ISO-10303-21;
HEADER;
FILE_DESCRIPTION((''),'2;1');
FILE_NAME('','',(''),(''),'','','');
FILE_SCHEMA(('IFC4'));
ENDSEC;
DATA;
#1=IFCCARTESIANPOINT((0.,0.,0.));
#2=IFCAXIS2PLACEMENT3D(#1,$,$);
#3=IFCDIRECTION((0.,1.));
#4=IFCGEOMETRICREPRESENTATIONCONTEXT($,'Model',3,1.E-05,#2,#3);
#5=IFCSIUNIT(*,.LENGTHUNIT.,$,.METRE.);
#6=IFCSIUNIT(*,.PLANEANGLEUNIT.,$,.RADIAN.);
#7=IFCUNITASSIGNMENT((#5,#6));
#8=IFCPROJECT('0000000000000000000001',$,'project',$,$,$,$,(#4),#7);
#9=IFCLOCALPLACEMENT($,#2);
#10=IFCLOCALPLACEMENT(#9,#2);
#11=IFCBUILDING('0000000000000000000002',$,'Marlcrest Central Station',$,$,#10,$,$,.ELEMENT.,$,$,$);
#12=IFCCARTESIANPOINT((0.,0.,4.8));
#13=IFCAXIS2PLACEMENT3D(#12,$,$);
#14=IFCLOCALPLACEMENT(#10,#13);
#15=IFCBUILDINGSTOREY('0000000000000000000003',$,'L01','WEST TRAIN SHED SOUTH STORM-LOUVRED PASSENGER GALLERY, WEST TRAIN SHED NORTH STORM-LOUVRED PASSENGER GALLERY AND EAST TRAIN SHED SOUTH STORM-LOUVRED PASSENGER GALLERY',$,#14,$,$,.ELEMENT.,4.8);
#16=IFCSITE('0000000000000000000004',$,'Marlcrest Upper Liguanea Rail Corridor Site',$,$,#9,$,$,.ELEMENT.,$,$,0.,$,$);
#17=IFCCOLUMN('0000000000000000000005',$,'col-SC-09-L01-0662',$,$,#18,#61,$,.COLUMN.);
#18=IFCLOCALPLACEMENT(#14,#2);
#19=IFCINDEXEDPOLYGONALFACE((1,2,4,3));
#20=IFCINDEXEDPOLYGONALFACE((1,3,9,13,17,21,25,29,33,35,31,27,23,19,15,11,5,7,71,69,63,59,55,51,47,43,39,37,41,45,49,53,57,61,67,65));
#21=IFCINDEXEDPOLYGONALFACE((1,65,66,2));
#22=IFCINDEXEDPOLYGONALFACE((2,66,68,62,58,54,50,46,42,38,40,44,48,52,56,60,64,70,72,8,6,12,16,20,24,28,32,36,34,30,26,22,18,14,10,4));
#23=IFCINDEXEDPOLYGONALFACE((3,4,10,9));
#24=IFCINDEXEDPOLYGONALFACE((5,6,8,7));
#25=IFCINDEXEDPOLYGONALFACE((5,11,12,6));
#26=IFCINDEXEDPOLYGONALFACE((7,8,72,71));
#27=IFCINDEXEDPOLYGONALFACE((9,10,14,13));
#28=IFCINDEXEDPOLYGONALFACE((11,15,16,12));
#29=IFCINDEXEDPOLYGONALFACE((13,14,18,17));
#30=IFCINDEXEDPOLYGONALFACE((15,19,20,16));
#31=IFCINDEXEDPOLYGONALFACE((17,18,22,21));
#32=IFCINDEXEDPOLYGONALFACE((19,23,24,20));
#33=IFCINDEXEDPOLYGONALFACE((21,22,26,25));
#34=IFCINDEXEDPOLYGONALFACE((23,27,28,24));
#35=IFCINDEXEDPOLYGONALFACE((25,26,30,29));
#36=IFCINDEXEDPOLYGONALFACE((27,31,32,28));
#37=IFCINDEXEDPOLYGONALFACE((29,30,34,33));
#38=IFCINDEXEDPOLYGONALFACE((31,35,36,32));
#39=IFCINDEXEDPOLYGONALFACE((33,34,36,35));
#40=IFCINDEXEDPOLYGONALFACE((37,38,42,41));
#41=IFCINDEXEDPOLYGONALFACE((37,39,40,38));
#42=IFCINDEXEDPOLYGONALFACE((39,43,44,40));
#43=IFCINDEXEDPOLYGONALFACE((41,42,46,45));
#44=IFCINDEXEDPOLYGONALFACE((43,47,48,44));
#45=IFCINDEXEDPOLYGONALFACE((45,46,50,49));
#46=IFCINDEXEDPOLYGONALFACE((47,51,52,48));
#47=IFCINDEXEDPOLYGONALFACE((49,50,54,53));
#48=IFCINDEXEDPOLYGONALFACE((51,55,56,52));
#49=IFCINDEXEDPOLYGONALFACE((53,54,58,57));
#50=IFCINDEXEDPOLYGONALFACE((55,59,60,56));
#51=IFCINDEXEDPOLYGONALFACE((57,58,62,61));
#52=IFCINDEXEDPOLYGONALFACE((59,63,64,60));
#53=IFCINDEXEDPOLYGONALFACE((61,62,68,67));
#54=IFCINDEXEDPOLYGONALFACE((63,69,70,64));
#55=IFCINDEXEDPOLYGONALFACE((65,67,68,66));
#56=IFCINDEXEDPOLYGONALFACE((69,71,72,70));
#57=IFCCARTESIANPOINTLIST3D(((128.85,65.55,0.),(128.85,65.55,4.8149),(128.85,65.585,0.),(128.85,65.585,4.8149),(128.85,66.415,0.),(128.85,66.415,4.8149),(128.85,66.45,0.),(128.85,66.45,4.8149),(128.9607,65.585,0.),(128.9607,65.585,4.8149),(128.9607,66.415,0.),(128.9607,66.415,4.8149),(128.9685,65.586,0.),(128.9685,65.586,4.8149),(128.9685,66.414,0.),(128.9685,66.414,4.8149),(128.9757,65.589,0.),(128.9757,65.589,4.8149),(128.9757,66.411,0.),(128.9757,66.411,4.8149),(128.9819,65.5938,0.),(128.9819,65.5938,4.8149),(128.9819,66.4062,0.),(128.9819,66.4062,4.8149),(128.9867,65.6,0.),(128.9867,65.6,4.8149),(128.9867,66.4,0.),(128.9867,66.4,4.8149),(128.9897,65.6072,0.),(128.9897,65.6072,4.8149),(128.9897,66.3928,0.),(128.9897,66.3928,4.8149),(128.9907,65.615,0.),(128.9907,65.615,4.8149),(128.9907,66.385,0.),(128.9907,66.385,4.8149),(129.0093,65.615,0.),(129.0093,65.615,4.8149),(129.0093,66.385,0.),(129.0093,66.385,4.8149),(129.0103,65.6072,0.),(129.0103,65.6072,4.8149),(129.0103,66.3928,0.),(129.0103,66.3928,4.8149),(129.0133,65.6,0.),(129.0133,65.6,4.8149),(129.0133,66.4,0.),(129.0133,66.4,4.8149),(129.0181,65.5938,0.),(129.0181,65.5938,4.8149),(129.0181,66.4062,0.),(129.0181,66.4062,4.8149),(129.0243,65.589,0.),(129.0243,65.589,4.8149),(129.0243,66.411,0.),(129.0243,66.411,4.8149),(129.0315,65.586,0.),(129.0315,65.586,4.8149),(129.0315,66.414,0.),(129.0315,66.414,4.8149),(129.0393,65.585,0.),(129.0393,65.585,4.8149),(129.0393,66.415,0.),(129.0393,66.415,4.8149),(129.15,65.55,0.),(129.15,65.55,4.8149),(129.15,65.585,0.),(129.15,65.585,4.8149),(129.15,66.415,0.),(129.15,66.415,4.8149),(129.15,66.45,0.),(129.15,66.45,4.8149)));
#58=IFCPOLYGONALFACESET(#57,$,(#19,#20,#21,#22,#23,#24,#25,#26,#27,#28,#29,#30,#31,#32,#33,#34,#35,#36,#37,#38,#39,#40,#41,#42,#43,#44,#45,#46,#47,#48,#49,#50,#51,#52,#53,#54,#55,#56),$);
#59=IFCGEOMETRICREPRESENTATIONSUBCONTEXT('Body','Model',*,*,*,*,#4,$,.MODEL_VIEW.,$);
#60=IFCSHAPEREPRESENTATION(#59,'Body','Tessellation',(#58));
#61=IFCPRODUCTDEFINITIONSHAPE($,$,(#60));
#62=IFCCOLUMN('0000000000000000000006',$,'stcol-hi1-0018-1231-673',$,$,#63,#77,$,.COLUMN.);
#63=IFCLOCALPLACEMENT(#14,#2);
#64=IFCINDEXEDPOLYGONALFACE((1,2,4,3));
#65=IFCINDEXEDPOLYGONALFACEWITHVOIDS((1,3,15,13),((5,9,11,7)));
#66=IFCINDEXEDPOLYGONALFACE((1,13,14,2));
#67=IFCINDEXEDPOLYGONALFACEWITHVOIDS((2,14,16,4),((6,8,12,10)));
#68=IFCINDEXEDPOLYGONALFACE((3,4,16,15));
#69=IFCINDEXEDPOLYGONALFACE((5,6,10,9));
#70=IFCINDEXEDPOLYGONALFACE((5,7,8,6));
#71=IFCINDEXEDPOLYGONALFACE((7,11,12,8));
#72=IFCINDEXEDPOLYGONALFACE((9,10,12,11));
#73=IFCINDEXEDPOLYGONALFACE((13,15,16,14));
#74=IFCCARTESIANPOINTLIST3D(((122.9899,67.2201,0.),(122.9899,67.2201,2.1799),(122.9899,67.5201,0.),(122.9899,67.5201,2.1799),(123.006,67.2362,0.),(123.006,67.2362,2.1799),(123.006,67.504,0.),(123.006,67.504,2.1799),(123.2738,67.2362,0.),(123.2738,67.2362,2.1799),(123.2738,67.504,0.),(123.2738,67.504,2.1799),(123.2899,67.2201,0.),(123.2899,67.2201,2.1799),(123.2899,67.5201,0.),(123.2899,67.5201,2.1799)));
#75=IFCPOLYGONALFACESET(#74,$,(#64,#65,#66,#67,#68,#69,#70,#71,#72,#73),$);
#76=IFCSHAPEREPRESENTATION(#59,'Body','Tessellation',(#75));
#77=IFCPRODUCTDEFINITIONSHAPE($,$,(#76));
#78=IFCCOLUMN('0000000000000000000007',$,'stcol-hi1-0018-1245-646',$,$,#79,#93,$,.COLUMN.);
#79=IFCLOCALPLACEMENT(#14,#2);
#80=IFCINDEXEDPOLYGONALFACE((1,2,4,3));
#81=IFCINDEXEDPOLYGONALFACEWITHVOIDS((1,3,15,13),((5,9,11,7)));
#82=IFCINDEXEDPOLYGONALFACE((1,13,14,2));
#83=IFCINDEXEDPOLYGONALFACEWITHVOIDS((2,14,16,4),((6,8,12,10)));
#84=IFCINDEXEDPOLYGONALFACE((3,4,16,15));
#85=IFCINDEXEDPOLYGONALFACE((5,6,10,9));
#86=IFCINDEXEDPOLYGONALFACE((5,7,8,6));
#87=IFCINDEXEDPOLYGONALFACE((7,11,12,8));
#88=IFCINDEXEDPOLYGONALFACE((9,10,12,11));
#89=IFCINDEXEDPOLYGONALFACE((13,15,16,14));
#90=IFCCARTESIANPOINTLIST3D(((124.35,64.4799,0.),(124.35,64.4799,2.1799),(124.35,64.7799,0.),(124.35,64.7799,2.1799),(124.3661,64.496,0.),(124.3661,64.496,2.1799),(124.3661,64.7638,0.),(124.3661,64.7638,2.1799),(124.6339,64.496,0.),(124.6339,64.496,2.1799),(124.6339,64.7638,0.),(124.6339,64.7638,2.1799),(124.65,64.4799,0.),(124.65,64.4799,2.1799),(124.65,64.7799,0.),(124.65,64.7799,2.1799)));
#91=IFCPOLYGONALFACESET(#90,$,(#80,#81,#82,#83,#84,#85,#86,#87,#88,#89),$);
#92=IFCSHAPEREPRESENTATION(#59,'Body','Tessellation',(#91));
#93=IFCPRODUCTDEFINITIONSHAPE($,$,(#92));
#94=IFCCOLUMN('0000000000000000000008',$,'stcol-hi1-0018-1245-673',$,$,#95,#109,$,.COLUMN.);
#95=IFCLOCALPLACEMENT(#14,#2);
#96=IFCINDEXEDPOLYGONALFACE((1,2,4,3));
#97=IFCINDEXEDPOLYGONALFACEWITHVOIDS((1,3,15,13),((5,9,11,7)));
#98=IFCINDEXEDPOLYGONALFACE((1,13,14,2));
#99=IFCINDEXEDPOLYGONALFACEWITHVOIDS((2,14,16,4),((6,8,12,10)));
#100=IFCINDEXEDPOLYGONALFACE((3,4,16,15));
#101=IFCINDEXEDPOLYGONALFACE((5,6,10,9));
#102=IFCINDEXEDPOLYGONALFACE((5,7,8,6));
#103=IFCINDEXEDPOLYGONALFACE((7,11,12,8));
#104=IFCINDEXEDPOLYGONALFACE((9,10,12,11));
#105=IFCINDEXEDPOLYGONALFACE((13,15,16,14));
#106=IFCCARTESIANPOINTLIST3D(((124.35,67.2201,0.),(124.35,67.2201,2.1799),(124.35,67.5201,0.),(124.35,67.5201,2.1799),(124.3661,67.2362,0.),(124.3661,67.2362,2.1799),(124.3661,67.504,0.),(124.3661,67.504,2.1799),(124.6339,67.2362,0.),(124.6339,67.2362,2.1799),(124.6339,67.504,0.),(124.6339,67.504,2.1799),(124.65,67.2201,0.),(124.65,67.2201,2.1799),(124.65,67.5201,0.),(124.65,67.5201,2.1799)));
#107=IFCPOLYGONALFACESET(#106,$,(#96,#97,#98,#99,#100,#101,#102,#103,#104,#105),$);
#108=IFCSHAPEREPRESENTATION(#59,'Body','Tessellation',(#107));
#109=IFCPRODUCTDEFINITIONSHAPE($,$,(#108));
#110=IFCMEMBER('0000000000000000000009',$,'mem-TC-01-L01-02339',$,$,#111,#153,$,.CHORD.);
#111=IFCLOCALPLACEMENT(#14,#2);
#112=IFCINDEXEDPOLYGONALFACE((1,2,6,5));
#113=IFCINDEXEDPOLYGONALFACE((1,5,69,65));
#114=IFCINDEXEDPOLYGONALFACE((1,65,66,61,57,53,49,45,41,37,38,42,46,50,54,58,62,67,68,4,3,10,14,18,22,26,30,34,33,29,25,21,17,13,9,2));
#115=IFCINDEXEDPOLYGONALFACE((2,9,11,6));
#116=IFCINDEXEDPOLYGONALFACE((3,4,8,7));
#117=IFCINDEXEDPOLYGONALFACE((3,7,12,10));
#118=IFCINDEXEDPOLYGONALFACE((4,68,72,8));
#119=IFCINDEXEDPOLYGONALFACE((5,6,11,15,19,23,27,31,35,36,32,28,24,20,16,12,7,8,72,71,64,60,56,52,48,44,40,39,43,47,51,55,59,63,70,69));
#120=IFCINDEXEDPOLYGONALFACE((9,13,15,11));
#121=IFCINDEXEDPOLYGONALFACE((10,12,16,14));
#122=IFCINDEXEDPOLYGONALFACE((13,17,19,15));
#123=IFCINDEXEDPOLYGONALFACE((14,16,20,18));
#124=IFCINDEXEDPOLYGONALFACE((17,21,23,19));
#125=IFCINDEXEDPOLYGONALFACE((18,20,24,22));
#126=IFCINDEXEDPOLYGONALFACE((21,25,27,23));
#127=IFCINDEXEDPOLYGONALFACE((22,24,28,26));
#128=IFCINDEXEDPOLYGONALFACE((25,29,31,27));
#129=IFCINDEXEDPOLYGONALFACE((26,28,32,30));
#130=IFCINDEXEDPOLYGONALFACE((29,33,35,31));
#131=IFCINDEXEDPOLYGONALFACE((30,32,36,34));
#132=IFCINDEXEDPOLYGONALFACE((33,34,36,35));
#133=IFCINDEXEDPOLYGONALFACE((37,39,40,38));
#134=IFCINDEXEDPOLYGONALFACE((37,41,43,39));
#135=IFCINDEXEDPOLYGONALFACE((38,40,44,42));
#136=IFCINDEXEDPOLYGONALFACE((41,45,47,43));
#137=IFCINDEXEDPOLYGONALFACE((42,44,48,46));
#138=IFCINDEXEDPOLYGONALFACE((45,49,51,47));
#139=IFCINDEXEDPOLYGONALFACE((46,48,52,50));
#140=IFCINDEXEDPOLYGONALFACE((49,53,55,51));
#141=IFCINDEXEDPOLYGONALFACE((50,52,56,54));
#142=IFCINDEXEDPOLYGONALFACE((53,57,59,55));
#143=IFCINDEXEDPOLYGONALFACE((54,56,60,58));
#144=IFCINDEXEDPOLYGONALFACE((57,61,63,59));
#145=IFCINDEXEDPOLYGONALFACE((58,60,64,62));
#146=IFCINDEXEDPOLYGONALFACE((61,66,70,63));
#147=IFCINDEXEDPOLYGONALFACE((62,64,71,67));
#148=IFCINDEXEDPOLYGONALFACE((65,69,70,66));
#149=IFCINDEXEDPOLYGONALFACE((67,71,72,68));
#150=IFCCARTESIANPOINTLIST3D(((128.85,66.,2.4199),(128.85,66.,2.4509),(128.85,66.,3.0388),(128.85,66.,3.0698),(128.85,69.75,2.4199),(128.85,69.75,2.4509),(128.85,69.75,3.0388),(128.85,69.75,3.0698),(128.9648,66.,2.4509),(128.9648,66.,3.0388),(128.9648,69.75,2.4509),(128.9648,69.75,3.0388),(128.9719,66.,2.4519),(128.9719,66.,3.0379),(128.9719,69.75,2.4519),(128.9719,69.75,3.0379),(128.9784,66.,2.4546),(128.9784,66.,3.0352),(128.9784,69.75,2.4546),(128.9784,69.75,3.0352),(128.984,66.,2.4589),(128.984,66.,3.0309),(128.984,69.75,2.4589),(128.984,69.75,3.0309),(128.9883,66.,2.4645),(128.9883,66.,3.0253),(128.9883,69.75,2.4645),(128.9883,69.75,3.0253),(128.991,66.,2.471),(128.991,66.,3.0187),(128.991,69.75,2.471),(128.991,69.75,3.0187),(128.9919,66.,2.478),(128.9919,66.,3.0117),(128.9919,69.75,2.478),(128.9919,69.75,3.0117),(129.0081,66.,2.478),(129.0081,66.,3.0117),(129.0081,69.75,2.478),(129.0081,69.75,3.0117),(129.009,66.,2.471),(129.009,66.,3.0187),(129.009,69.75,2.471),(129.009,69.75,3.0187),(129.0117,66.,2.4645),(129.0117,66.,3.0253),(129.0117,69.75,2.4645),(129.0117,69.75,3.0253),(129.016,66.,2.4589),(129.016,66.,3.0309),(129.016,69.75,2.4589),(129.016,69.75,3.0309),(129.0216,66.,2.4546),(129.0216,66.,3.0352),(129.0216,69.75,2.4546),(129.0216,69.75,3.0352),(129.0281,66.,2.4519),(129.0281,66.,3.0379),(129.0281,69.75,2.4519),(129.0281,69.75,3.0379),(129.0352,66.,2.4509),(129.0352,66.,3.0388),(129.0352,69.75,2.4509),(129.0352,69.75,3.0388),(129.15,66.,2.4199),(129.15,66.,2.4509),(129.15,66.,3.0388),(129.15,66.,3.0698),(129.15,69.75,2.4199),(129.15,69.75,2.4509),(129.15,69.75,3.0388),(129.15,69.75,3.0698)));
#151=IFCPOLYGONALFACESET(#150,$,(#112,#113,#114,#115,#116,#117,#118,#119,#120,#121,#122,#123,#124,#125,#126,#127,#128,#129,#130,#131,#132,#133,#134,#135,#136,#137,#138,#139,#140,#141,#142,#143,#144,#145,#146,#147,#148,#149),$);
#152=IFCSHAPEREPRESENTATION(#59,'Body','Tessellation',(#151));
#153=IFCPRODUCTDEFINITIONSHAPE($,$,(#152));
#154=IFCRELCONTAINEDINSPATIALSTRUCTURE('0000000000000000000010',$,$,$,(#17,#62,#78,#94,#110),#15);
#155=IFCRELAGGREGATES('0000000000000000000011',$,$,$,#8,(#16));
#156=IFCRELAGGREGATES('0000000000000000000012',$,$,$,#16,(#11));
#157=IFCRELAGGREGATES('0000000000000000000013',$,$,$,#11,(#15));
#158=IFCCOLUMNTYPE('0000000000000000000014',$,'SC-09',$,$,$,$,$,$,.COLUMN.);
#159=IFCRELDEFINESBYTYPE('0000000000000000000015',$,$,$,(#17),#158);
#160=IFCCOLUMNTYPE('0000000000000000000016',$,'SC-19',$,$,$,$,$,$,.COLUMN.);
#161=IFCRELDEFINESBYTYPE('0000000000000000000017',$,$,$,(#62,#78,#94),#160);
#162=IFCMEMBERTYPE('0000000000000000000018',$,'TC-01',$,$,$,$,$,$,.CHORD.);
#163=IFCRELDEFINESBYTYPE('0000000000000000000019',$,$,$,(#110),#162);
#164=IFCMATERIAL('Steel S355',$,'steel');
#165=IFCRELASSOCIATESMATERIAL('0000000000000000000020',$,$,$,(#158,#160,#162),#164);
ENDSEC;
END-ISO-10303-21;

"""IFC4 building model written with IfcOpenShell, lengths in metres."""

from ifc_helpers import new_model, si_unit, direction, frame, origin, origin_2d, place, context, subcontext, project, spatial, hollow_rectangle, i_section, extrude, material, material_profile, profile_set, type_object, element, save


model = new_model("IFC4")

# Units and contexts
model_context = context("Model", 3, precision=1e-05, world=origin(), true_north=direction((0.0, 1.0)))
body_context = subcontext(model_context, "Body", "Model", "MODEL_VIEW")
ifc_project = project(units=[si_unit("LENGTHUNIT", "METRE"), si_unit("PLANEANGLEUNIT", "RADIAN")], contexts=[model_context])

# Site, building, storey
site_placement = place(None, origin())
site = spatial("IfcSite", under=ifc_project, at=site_placement, Name="Marlcrest Upper Liguanea Rail Corridor Site", CompositionType="ELEMENT", RefElevation=0.0)
building_placement = place(site_placement, origin())
building = spatial("IfcBuilding", under=site, at=building_placement, Name="Marlcrest Central Station", CompositionType="ELEMENT")
storey_placement = place(building_placement, frame((0.0, 0.0, 4.8)))
storey = spatial("IfcBuildingStorey", under=building, at=storey_placement, Name="L01", Description="WEST TRAIN SHED SOUTH STORM-LOUVRED PASSENGER GALLERY, WEST TRAIN SHED NORTH STORM-LOUVRED PASSENGER GALLERY AND EAST TRAIN SHED SOUTH STORM-LOUVRED PASSENGER GALLERY", CompositionType="ELEMENT", Elevation=4.8)

# Columns
ifc_material = material(Name="Steel S355", Category="steel")
ifc_material_profile_1 = material_profile(ifc_material, i_section(OverallWidth=0.3, OverallDepth=0.8999, WebThickness=0.0186, FlangeThickness=0.0349, FilletRadius=0.03, at=origin_2d()), Name="HEB 900")
ifc_profile_set_1 = profile_set([ifc_material_profile_1], Name="Steel S355")
column_type_1 = type_object("IfcColumnType", Name="SC-09", PredefinedType="COLUMN", material=ifc_profile_set_1)
column_placement = place(storey_placement, frame((129.0, 66.0, 0.0), z_axis=(0.0, 0.0, 1.0), x_axis=(1.0, 0.0, 0.0)))
element("IfcColumn", 1, at=column_placement, inside=storey, type_object=column_type_1, Name="col-SC-09-L01-0662", PredefinedType="COLUMN", context=body_context, shape_type="SweptSolid", body=[
    extrude(i_section(OverallWidth=0.3, OverallDepth=0.8999, WebThickness=0.0186, FlangeThickness=0.0349, FilletRadius=0.03, at=origin_2d()), origin(), (0.0, 0.0, 1.0), 4.8149),
])
ifc_material_profile_2 = material_profile(ifc_material, hollow_rectangle(XDim=0.3, YDim=0.3, WallThickness=0.0161, at=origin_2d()), Name="SHS 300x300x16")
ifc_profile_set_2 = profile_set([ifc_material_profile_2], Name="Steel S355")
column_type_2 = type_object("IfcColumnType", Name="SC-19", PredefinedType="COLUMN", material=ifc_profile_set_2)
for number, where, z_axis, x_axis, name in (
    (2, (123.1399, 67.3701, 0.0), (0.0, 0.0, 1.0), (1.0, 0.0, 0.0), "stcol-hi1-0018-1231-673"),
    (3, (124.5, 64.6299, 0.0), (0.0, 0.0, 1.0), (1.0, 0.0, 0.0), "stcol-hi1-0018-1245-646"),
    (4, (124.5, 67.3701, 0.0), (0.0, 0.0, 1.0), (1.0, 0.0, 0.0), "stcol-hi1-0018-1245-673"),
):
    element("IfcColumn", number, at=place(storey_placement, frame(where, z_axis=z_axis, x_axis=x_axis)), inside=storey, type_object=column_type_2, Name=name, PredefinedType="COLUMN", context=body_context, shape_type="SweptSolid", body=[
        extrude(hollow_rectangle(XDim=0.3, YDim=0.3, WallThickness=0.0161, at=origin_2d()), origin(), (0.0, 0.0, 1.0), 2.1799),
    ])

# Member
ifc_material_profile_3 = material_profile(ifc_material, i_section(OverallWidth=0.3, OverallDepth=0.6499, WebThickness=0.0161, FlangeThickness=0.031, FilletRadius=0.0271, at=origin_2d()), Name="HEB 650")
ifc_profile_set_3 = profile_set([ifc_material_profile_3], Name="Steel S355")
member_type_1 = type_object("IfcMemberType", Name="TC-01", PredefinedType="CHORD", material=ifc_profile_set_3)
member_1_placement = place(storey_placement, frame((129.0, 66.0, 2.7449), z_axis=(0.0, 1.0, 0.0), x_axis=(-1.0, 0.0, 0.0)))
element("IfcMember", 5, at=member_1_placement, inside=storey, type_object=member_type_1, Name="mem-TC-01-L01-02339", PredefinedType="CHORD", context=body_context, shape_type="SweptSolid", body=[
    extrude(i_section(OverallWidth=0.3, OverallDepth=0.6499, WebThickness=0.0161, FlangeThickness=0.031, FilletRadius=0.0271, at=origin_2d()), origin(), (0.0, 0.0, 1.0), 3.75),
])

save(model, "model.ifc")
